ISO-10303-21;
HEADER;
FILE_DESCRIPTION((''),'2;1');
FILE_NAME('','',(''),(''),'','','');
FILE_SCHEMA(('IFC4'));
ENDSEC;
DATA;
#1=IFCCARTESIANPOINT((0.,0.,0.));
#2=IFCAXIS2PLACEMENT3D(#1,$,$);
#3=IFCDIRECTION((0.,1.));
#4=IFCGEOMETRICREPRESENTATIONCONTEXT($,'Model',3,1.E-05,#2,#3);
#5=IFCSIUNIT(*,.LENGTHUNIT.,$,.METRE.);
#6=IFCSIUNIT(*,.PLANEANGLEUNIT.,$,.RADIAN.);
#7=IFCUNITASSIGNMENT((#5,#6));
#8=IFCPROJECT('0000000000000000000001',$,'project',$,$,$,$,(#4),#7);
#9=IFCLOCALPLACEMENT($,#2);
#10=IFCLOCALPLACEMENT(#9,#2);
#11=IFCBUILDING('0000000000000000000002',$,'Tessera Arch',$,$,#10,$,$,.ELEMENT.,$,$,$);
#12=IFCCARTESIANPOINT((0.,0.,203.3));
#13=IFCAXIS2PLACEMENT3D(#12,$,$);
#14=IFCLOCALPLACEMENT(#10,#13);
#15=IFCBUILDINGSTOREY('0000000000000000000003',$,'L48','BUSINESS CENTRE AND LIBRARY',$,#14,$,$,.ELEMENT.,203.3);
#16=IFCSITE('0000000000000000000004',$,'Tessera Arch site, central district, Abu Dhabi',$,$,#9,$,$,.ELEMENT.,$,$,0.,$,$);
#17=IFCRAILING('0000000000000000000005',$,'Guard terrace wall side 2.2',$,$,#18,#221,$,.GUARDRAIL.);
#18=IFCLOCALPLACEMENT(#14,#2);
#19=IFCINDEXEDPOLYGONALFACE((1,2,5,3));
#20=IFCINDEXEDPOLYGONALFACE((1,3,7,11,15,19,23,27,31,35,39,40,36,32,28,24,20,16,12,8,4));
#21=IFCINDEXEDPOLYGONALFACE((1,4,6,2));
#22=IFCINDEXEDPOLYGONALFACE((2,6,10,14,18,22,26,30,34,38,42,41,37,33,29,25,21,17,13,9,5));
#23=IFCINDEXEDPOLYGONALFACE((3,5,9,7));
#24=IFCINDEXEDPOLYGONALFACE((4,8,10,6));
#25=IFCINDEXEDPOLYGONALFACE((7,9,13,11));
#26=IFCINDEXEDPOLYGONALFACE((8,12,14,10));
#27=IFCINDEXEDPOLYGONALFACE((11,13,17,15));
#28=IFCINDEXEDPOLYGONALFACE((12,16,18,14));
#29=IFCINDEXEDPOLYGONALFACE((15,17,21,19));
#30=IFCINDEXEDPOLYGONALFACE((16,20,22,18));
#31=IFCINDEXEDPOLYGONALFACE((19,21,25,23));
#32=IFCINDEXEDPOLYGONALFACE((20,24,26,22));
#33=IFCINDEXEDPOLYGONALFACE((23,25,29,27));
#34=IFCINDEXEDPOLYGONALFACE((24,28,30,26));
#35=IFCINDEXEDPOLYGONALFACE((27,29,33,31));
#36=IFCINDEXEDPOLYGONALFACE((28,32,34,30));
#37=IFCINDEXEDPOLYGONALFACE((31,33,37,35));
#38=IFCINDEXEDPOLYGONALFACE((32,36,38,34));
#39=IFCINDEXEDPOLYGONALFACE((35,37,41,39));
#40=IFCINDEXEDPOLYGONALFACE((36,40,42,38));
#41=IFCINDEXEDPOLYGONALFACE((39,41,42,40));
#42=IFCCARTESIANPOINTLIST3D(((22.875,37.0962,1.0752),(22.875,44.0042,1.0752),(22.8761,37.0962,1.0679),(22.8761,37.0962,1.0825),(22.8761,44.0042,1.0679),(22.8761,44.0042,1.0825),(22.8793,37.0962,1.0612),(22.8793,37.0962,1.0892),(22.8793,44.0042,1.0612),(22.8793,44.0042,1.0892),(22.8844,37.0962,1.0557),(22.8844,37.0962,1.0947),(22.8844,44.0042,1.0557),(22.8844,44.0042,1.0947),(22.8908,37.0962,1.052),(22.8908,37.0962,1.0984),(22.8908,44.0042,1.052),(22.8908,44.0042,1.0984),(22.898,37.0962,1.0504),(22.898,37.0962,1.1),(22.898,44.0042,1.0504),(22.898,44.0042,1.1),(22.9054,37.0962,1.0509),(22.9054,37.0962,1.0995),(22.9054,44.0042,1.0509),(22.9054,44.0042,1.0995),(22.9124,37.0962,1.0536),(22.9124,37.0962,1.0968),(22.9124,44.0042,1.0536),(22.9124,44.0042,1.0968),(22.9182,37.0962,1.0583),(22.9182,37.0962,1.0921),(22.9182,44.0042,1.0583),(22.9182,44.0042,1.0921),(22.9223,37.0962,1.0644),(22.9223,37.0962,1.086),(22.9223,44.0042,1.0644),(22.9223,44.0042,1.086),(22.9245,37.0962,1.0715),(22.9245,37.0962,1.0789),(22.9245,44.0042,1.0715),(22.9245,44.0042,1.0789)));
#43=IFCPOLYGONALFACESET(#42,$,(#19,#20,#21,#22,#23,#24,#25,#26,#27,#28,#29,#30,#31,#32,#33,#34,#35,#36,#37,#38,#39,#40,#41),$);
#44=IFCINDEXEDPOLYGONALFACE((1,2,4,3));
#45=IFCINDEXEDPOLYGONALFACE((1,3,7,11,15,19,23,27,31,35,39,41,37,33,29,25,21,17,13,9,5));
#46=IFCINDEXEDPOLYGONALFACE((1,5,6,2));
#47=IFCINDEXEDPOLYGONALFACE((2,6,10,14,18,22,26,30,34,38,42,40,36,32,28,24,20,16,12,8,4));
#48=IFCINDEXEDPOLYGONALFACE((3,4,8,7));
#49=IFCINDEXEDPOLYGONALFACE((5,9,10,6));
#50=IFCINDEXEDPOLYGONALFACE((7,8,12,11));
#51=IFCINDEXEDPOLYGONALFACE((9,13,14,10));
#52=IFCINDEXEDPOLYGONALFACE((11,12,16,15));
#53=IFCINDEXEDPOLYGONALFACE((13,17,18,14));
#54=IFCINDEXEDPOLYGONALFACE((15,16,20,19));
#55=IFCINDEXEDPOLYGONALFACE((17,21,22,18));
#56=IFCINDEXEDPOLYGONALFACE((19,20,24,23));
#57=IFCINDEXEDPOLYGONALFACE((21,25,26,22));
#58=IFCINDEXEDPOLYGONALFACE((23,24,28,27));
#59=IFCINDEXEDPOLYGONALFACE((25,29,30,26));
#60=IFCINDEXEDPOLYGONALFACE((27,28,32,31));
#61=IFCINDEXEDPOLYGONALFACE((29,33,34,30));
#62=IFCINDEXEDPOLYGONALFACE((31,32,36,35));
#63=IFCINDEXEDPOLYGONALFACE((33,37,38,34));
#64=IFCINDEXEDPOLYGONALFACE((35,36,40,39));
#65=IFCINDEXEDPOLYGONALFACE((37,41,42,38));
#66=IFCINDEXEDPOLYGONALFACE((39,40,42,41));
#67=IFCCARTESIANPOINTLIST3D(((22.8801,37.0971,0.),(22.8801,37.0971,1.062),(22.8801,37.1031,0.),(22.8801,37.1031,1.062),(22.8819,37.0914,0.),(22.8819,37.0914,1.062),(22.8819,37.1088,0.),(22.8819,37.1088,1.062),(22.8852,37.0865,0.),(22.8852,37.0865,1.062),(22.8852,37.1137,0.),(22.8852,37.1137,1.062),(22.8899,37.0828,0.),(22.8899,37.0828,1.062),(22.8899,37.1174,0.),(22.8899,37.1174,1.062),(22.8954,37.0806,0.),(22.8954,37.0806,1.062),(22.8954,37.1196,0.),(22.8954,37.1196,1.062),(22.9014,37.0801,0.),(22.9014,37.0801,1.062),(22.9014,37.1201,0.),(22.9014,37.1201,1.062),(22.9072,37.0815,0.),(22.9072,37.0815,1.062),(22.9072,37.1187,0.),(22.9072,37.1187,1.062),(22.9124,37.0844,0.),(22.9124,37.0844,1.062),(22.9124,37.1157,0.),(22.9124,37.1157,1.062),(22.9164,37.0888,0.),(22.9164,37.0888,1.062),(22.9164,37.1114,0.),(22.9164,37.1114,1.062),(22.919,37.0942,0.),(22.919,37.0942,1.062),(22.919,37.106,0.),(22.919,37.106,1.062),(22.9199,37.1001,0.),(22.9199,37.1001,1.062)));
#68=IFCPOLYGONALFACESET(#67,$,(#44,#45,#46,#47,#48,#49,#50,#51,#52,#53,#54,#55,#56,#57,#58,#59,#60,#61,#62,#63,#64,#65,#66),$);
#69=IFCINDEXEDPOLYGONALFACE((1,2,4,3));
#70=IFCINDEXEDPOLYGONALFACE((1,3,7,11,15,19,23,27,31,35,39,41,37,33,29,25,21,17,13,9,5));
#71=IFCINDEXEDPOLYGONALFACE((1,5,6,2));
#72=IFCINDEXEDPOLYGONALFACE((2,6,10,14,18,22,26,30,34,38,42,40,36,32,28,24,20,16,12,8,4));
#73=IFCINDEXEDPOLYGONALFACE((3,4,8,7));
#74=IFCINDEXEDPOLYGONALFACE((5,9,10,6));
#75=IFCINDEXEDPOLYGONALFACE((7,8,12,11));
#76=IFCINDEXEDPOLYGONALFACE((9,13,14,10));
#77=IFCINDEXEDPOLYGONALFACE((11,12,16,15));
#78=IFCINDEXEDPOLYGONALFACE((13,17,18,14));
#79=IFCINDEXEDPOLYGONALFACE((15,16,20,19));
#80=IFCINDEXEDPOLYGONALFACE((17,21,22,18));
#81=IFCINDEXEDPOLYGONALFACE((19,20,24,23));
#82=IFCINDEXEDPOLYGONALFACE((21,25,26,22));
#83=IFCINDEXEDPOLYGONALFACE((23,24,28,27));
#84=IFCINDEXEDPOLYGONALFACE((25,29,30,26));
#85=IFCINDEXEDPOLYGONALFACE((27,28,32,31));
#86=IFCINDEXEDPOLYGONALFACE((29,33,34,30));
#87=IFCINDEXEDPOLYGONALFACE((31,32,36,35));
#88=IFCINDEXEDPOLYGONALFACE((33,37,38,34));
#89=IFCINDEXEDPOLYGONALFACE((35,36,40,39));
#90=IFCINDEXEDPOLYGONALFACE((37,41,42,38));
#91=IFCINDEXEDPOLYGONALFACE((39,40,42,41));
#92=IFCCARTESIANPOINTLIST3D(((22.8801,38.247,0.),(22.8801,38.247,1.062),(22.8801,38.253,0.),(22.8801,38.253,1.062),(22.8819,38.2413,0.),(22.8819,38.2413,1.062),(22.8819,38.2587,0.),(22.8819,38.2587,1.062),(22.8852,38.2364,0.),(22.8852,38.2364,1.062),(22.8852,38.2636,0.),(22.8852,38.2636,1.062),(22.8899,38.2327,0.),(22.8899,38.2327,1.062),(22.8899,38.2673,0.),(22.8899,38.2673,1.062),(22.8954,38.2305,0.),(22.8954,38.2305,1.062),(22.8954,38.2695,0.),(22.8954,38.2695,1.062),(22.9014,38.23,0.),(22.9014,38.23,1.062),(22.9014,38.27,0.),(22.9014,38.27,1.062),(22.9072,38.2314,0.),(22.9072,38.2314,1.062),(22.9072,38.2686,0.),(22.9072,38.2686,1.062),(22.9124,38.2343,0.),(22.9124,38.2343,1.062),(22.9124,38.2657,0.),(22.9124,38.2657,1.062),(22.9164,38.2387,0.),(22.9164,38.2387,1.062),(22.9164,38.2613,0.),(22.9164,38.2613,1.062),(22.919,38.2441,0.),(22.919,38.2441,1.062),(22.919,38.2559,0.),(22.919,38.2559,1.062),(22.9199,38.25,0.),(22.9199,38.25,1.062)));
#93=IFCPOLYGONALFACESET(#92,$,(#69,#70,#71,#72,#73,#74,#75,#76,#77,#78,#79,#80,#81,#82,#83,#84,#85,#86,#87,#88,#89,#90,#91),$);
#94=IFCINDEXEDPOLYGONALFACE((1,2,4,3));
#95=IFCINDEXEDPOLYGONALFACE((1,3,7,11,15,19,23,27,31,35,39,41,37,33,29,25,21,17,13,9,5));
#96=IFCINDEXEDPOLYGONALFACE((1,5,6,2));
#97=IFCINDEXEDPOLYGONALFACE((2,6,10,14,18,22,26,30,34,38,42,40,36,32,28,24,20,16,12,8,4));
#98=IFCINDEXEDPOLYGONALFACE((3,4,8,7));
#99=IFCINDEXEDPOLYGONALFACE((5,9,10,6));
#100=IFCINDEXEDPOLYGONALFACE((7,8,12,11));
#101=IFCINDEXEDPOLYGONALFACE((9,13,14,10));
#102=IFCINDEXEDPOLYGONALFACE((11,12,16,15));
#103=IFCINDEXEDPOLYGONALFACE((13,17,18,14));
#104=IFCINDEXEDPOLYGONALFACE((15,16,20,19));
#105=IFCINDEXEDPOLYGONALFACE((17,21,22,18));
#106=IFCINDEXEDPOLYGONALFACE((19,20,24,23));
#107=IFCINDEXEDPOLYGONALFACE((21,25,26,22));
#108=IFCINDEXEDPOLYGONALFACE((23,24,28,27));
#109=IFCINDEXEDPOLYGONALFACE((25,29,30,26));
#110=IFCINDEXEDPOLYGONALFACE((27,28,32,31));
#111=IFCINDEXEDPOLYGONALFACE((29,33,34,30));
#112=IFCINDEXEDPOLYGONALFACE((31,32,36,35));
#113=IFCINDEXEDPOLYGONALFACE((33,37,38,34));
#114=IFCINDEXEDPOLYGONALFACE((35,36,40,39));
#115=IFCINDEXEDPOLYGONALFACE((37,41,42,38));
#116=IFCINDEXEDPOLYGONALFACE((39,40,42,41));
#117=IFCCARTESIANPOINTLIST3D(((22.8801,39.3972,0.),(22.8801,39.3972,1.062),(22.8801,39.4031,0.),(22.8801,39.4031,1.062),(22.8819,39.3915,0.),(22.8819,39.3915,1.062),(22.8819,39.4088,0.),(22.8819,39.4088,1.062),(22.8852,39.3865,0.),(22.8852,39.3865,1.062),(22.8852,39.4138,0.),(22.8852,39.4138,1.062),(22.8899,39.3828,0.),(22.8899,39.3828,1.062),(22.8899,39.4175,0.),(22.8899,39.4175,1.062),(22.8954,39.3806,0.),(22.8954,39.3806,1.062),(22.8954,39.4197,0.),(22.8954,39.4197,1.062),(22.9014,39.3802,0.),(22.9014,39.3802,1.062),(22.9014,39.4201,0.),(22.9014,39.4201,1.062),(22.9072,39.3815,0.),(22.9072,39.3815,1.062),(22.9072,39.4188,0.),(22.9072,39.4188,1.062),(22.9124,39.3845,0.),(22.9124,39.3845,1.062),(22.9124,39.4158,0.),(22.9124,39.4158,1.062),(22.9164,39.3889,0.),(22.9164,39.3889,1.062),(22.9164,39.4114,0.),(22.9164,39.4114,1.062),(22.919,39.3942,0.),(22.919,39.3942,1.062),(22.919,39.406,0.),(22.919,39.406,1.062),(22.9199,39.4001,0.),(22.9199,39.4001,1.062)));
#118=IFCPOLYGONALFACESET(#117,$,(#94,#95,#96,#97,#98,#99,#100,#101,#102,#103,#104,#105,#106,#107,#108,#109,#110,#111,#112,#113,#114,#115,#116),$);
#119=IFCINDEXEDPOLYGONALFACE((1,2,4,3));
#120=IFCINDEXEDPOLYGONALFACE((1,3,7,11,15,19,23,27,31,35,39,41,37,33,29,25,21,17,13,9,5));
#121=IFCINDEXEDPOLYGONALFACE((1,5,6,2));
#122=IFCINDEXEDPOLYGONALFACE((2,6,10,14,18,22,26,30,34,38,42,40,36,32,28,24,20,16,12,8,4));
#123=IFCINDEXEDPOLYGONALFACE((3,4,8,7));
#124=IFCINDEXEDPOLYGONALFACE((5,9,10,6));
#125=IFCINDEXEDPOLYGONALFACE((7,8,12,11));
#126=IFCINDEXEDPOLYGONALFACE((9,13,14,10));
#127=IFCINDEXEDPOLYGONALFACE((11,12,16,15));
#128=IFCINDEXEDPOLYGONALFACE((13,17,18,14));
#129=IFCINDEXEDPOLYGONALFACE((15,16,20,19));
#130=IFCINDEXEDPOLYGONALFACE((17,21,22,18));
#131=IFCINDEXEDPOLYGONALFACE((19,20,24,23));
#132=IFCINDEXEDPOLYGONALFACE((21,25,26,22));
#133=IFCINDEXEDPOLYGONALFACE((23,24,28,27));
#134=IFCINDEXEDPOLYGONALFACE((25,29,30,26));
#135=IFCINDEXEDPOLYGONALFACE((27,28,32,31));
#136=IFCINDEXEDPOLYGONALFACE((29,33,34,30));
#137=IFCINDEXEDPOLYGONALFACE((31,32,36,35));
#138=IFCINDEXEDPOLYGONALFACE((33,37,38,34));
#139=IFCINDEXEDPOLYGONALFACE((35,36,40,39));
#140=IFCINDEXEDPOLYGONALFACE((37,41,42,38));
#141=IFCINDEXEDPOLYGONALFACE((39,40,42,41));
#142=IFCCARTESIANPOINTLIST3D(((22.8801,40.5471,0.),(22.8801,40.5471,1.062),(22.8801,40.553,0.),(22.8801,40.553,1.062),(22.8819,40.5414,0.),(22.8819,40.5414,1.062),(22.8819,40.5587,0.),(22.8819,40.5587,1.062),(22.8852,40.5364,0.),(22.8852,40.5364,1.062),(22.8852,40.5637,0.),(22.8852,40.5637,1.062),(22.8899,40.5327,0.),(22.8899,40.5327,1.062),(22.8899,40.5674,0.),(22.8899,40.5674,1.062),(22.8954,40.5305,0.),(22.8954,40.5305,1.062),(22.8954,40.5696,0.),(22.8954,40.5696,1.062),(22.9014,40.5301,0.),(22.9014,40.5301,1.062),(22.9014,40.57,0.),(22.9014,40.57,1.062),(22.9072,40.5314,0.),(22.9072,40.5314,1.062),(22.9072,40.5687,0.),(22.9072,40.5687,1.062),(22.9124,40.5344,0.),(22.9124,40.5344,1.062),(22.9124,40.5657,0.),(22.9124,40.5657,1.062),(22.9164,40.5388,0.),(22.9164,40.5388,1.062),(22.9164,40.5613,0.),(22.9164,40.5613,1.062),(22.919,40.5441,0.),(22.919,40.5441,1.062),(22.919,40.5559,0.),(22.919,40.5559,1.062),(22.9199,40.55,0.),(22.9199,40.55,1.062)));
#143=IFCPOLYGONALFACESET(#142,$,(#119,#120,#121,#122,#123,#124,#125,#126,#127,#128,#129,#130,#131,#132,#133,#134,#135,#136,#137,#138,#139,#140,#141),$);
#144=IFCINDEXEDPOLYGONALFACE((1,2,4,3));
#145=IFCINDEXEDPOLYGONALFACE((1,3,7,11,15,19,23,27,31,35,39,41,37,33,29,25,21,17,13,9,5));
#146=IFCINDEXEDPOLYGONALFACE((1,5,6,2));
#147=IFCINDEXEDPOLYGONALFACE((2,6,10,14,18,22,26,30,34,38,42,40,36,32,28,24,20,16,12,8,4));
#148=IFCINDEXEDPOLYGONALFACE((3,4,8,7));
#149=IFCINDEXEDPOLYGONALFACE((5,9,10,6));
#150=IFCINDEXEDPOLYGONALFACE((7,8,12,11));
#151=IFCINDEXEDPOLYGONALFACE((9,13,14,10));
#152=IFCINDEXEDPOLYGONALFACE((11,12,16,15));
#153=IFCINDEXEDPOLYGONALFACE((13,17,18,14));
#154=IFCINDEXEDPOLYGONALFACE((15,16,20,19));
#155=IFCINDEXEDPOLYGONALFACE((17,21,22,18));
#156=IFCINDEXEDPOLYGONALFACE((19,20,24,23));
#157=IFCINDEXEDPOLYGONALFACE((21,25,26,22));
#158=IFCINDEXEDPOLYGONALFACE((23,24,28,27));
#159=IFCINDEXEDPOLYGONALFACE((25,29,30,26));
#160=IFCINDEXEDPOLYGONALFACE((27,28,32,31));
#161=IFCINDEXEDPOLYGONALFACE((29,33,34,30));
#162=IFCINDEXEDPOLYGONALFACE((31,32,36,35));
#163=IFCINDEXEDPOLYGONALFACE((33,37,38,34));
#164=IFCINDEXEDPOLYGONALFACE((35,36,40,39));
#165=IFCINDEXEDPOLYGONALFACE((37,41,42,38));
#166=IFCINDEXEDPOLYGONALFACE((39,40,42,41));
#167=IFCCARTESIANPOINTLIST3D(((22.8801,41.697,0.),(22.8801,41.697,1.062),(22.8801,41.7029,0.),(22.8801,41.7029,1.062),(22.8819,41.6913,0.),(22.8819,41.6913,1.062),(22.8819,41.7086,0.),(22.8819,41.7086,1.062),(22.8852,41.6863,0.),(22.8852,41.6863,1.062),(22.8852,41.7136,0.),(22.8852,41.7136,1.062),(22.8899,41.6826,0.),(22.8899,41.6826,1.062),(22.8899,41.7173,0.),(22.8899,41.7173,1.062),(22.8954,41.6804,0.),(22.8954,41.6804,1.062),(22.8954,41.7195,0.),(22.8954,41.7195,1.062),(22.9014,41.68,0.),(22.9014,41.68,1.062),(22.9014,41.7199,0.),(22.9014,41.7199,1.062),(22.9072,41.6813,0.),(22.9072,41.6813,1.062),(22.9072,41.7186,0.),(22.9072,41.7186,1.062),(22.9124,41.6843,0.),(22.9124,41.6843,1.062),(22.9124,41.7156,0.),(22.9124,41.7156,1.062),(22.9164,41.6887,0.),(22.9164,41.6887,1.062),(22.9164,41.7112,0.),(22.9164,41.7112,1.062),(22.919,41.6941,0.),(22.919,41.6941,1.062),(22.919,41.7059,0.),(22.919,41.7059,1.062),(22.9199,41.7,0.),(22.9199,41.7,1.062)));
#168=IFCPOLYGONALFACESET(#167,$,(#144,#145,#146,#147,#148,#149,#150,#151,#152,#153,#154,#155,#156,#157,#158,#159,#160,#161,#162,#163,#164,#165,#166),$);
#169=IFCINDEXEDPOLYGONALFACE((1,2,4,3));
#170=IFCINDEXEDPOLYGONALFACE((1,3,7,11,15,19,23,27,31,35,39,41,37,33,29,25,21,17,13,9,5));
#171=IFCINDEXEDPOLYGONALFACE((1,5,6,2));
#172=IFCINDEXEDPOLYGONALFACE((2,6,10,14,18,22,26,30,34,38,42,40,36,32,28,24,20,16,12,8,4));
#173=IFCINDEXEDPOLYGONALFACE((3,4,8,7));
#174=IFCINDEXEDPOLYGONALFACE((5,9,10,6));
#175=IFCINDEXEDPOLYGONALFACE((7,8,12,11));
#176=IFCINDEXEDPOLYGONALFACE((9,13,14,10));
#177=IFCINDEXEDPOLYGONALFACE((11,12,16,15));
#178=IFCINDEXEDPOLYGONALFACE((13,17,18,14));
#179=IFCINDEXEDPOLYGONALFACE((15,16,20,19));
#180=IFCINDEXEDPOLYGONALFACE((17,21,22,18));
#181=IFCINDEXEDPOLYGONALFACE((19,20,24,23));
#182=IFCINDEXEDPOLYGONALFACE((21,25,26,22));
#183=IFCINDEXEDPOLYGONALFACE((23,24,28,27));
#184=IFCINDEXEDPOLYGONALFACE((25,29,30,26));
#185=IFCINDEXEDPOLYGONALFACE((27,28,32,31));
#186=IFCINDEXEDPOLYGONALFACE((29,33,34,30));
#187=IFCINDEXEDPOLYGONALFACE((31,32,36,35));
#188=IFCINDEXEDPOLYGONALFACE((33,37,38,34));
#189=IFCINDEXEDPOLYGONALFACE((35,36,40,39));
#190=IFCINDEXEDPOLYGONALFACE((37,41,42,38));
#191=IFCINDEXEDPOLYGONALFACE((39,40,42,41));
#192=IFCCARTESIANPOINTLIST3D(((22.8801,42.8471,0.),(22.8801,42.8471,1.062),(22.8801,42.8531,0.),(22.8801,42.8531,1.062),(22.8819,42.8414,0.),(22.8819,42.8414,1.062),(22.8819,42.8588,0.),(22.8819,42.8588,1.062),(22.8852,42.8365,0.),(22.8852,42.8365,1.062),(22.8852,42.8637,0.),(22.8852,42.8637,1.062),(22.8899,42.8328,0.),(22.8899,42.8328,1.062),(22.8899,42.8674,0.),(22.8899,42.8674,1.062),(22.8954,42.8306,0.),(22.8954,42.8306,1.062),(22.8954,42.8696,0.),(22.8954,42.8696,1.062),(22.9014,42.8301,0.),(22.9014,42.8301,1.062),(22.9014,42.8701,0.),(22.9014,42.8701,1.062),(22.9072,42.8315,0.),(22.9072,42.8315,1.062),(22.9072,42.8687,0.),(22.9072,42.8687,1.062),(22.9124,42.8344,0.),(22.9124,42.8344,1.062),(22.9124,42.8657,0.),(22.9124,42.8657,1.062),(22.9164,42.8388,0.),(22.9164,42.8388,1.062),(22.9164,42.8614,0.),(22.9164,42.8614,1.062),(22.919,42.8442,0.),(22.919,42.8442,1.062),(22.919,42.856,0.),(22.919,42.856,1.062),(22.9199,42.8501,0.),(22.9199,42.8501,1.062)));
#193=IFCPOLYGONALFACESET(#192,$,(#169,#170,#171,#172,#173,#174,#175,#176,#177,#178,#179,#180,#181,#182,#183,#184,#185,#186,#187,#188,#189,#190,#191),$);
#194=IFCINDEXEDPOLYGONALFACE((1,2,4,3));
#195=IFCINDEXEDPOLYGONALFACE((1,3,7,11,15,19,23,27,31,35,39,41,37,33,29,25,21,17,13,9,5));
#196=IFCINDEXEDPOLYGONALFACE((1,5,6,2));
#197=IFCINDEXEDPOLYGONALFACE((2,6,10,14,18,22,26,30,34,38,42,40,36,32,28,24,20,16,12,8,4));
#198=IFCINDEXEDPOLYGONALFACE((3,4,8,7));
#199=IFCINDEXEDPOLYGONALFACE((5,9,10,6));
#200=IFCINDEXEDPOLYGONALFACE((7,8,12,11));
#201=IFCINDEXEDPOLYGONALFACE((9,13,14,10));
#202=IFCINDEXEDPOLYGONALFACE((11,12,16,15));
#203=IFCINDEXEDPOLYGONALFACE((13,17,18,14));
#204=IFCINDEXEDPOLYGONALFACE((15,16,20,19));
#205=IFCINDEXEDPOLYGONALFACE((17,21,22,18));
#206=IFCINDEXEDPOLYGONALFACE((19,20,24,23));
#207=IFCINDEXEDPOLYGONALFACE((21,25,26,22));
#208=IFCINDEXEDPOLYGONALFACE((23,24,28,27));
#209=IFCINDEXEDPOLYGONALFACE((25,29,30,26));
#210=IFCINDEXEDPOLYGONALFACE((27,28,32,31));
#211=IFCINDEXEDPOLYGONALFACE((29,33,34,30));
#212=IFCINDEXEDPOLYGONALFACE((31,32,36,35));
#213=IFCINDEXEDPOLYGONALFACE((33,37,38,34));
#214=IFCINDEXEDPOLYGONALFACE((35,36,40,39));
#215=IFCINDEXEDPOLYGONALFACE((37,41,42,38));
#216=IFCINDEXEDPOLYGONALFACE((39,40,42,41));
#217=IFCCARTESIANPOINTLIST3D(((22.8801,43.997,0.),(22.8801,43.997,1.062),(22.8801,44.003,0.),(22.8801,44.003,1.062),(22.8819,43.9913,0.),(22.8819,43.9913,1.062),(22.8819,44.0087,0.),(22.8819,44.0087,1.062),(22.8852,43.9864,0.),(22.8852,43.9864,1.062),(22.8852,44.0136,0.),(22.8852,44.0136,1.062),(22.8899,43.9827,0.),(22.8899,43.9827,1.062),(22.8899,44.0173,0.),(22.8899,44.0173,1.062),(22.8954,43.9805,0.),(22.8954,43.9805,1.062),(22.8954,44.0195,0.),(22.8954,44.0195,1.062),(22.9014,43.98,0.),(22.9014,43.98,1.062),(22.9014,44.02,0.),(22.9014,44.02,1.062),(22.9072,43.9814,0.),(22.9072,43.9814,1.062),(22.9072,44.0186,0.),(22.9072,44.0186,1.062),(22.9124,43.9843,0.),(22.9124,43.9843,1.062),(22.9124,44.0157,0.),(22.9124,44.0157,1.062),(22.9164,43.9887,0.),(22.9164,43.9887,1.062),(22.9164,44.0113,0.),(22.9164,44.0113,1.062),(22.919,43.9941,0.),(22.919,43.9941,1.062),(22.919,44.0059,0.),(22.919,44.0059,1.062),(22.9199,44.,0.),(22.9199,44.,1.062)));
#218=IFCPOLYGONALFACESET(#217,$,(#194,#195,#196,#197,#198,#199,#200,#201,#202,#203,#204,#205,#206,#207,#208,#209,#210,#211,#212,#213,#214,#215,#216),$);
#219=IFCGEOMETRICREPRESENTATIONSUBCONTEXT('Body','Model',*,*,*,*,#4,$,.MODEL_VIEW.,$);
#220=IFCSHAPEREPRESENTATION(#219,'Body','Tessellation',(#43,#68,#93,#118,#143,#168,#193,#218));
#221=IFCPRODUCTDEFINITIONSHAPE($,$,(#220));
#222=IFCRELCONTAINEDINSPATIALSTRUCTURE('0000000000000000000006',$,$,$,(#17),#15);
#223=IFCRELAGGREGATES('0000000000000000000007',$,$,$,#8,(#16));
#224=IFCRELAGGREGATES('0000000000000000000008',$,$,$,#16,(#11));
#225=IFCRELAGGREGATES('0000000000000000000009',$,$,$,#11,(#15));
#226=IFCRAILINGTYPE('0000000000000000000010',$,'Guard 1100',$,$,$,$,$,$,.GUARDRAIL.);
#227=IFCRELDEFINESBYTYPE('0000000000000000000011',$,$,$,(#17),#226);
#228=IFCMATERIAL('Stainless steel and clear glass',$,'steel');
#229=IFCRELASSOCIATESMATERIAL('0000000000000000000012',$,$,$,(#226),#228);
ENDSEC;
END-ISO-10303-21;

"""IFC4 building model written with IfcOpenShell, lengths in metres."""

from ifc_helpers import new_model, si_unit, direction, frame, origin, origin_2d, place, context, subcontext, project, spatial, circle, extrude, material, type_object, element, save


model = new_model("IFC4")

# Units and contexts
model_context = context("Model", 3, precision=1e-05, world=origin(), true_north=direction((0.0, 1.0)))
body_context = subcontext(model_context, "Body", "Model", "MODEL_VIEW")
ifc_project = project(units=[si_unit("LENGTHUNIT", "METRE"), si_unit("PLANEANGLEUNIT", "RADIAN")], contexts=[model_context])

# Site, building, storey
site_placement = place(None, origin())
site = spatial("IfcSite", under=ifc_project, at=site_placement, Name="Tessera Arch site, central district, Abu Dhabi", CompositionType="ELEMENT", RefElevation=0.0)
building_placement = place(site_placement, origin())
building = spatial("IfcBuilding", under=site, at=building_placement, Name="Tessera Arch", CompositionType="ELEMENT")
storey_placement = place(building_placement, frame((0.0, 0.0, 203.3)))
storey = spatial("IfcBuildingStorey", under=building, at=storey_placement, Name="L48", Description="BUSINESS CENTRE AND LIBRARY", CompositionType="ELEMENT", Elevation=203.3)

# Railing
ifc_material_1 = material(Name="Stainless steel and clear glass", Category="steel")
railing_type = type_object("IfcRailingType", Name="Guard 1100", PredefinedType="GUARDRAIL", material=ifc_material_1)
railing_1_placement = place(storey_placement, frame((22.8999, 37.1001, 0.0)))
element("IfcRailing", 1, at=railing_1_placement, inside=storey, type_object=railing_type, Name="Guard terrace wall side 2.2", PredefinedType="GUARDRAIL", context=body_context, shape_type="SweptSolid", body=[
    extrude(circle(Radius=0.0249, at=origin_2d()), frame((0.0, -0.0039, 1.0752), z_axis=(0.0, 1.0, 0.0), x_axis=(-1.0, 0.0, 0.0)), (0.0, 0.0, 1.0), 6.908),
    extrude(circle(Radius=0.02, at=origin_2d()), origin(), (0.0, 0.0, 1.0), 1.062),
    extrude(circle(Radius=0.02, at=origin_2d()), frame((0.0, 1.1499, 0.0)), (0.0, 0.0, 1.0), 1.062),
    extrude(circle(Radius=0.02, at=origin_2d()), frame((0.0, 2.3, 0.0)), (0.0, 0.0, 1.0), 1.062),
    extrude(circle(Radius=0.02, at=origin_2d()), frame((0.0, 3.45, 0.0)), (0.0, 0.0, 1.0), 1.062),
    extrude(circle(Radius=0.02, at=origin_2d()), frame((0.0, 4.5999, 0.0)), (0.0, 0.0, 1.0), 1.062),
    extrude(circle(Radius=0.02, at=origin_2d()), frame((0.0, 5.75, 0.0)), (0.0, 0.0, 1.0), 1.062),
    extrude(circle(Radius=0.02, at=origin_2d()), frame((0.0, 6.8999, 0.0)), (0.0, 0.0, 1.0), 1.062),
])

save(model, "model.ifc")
